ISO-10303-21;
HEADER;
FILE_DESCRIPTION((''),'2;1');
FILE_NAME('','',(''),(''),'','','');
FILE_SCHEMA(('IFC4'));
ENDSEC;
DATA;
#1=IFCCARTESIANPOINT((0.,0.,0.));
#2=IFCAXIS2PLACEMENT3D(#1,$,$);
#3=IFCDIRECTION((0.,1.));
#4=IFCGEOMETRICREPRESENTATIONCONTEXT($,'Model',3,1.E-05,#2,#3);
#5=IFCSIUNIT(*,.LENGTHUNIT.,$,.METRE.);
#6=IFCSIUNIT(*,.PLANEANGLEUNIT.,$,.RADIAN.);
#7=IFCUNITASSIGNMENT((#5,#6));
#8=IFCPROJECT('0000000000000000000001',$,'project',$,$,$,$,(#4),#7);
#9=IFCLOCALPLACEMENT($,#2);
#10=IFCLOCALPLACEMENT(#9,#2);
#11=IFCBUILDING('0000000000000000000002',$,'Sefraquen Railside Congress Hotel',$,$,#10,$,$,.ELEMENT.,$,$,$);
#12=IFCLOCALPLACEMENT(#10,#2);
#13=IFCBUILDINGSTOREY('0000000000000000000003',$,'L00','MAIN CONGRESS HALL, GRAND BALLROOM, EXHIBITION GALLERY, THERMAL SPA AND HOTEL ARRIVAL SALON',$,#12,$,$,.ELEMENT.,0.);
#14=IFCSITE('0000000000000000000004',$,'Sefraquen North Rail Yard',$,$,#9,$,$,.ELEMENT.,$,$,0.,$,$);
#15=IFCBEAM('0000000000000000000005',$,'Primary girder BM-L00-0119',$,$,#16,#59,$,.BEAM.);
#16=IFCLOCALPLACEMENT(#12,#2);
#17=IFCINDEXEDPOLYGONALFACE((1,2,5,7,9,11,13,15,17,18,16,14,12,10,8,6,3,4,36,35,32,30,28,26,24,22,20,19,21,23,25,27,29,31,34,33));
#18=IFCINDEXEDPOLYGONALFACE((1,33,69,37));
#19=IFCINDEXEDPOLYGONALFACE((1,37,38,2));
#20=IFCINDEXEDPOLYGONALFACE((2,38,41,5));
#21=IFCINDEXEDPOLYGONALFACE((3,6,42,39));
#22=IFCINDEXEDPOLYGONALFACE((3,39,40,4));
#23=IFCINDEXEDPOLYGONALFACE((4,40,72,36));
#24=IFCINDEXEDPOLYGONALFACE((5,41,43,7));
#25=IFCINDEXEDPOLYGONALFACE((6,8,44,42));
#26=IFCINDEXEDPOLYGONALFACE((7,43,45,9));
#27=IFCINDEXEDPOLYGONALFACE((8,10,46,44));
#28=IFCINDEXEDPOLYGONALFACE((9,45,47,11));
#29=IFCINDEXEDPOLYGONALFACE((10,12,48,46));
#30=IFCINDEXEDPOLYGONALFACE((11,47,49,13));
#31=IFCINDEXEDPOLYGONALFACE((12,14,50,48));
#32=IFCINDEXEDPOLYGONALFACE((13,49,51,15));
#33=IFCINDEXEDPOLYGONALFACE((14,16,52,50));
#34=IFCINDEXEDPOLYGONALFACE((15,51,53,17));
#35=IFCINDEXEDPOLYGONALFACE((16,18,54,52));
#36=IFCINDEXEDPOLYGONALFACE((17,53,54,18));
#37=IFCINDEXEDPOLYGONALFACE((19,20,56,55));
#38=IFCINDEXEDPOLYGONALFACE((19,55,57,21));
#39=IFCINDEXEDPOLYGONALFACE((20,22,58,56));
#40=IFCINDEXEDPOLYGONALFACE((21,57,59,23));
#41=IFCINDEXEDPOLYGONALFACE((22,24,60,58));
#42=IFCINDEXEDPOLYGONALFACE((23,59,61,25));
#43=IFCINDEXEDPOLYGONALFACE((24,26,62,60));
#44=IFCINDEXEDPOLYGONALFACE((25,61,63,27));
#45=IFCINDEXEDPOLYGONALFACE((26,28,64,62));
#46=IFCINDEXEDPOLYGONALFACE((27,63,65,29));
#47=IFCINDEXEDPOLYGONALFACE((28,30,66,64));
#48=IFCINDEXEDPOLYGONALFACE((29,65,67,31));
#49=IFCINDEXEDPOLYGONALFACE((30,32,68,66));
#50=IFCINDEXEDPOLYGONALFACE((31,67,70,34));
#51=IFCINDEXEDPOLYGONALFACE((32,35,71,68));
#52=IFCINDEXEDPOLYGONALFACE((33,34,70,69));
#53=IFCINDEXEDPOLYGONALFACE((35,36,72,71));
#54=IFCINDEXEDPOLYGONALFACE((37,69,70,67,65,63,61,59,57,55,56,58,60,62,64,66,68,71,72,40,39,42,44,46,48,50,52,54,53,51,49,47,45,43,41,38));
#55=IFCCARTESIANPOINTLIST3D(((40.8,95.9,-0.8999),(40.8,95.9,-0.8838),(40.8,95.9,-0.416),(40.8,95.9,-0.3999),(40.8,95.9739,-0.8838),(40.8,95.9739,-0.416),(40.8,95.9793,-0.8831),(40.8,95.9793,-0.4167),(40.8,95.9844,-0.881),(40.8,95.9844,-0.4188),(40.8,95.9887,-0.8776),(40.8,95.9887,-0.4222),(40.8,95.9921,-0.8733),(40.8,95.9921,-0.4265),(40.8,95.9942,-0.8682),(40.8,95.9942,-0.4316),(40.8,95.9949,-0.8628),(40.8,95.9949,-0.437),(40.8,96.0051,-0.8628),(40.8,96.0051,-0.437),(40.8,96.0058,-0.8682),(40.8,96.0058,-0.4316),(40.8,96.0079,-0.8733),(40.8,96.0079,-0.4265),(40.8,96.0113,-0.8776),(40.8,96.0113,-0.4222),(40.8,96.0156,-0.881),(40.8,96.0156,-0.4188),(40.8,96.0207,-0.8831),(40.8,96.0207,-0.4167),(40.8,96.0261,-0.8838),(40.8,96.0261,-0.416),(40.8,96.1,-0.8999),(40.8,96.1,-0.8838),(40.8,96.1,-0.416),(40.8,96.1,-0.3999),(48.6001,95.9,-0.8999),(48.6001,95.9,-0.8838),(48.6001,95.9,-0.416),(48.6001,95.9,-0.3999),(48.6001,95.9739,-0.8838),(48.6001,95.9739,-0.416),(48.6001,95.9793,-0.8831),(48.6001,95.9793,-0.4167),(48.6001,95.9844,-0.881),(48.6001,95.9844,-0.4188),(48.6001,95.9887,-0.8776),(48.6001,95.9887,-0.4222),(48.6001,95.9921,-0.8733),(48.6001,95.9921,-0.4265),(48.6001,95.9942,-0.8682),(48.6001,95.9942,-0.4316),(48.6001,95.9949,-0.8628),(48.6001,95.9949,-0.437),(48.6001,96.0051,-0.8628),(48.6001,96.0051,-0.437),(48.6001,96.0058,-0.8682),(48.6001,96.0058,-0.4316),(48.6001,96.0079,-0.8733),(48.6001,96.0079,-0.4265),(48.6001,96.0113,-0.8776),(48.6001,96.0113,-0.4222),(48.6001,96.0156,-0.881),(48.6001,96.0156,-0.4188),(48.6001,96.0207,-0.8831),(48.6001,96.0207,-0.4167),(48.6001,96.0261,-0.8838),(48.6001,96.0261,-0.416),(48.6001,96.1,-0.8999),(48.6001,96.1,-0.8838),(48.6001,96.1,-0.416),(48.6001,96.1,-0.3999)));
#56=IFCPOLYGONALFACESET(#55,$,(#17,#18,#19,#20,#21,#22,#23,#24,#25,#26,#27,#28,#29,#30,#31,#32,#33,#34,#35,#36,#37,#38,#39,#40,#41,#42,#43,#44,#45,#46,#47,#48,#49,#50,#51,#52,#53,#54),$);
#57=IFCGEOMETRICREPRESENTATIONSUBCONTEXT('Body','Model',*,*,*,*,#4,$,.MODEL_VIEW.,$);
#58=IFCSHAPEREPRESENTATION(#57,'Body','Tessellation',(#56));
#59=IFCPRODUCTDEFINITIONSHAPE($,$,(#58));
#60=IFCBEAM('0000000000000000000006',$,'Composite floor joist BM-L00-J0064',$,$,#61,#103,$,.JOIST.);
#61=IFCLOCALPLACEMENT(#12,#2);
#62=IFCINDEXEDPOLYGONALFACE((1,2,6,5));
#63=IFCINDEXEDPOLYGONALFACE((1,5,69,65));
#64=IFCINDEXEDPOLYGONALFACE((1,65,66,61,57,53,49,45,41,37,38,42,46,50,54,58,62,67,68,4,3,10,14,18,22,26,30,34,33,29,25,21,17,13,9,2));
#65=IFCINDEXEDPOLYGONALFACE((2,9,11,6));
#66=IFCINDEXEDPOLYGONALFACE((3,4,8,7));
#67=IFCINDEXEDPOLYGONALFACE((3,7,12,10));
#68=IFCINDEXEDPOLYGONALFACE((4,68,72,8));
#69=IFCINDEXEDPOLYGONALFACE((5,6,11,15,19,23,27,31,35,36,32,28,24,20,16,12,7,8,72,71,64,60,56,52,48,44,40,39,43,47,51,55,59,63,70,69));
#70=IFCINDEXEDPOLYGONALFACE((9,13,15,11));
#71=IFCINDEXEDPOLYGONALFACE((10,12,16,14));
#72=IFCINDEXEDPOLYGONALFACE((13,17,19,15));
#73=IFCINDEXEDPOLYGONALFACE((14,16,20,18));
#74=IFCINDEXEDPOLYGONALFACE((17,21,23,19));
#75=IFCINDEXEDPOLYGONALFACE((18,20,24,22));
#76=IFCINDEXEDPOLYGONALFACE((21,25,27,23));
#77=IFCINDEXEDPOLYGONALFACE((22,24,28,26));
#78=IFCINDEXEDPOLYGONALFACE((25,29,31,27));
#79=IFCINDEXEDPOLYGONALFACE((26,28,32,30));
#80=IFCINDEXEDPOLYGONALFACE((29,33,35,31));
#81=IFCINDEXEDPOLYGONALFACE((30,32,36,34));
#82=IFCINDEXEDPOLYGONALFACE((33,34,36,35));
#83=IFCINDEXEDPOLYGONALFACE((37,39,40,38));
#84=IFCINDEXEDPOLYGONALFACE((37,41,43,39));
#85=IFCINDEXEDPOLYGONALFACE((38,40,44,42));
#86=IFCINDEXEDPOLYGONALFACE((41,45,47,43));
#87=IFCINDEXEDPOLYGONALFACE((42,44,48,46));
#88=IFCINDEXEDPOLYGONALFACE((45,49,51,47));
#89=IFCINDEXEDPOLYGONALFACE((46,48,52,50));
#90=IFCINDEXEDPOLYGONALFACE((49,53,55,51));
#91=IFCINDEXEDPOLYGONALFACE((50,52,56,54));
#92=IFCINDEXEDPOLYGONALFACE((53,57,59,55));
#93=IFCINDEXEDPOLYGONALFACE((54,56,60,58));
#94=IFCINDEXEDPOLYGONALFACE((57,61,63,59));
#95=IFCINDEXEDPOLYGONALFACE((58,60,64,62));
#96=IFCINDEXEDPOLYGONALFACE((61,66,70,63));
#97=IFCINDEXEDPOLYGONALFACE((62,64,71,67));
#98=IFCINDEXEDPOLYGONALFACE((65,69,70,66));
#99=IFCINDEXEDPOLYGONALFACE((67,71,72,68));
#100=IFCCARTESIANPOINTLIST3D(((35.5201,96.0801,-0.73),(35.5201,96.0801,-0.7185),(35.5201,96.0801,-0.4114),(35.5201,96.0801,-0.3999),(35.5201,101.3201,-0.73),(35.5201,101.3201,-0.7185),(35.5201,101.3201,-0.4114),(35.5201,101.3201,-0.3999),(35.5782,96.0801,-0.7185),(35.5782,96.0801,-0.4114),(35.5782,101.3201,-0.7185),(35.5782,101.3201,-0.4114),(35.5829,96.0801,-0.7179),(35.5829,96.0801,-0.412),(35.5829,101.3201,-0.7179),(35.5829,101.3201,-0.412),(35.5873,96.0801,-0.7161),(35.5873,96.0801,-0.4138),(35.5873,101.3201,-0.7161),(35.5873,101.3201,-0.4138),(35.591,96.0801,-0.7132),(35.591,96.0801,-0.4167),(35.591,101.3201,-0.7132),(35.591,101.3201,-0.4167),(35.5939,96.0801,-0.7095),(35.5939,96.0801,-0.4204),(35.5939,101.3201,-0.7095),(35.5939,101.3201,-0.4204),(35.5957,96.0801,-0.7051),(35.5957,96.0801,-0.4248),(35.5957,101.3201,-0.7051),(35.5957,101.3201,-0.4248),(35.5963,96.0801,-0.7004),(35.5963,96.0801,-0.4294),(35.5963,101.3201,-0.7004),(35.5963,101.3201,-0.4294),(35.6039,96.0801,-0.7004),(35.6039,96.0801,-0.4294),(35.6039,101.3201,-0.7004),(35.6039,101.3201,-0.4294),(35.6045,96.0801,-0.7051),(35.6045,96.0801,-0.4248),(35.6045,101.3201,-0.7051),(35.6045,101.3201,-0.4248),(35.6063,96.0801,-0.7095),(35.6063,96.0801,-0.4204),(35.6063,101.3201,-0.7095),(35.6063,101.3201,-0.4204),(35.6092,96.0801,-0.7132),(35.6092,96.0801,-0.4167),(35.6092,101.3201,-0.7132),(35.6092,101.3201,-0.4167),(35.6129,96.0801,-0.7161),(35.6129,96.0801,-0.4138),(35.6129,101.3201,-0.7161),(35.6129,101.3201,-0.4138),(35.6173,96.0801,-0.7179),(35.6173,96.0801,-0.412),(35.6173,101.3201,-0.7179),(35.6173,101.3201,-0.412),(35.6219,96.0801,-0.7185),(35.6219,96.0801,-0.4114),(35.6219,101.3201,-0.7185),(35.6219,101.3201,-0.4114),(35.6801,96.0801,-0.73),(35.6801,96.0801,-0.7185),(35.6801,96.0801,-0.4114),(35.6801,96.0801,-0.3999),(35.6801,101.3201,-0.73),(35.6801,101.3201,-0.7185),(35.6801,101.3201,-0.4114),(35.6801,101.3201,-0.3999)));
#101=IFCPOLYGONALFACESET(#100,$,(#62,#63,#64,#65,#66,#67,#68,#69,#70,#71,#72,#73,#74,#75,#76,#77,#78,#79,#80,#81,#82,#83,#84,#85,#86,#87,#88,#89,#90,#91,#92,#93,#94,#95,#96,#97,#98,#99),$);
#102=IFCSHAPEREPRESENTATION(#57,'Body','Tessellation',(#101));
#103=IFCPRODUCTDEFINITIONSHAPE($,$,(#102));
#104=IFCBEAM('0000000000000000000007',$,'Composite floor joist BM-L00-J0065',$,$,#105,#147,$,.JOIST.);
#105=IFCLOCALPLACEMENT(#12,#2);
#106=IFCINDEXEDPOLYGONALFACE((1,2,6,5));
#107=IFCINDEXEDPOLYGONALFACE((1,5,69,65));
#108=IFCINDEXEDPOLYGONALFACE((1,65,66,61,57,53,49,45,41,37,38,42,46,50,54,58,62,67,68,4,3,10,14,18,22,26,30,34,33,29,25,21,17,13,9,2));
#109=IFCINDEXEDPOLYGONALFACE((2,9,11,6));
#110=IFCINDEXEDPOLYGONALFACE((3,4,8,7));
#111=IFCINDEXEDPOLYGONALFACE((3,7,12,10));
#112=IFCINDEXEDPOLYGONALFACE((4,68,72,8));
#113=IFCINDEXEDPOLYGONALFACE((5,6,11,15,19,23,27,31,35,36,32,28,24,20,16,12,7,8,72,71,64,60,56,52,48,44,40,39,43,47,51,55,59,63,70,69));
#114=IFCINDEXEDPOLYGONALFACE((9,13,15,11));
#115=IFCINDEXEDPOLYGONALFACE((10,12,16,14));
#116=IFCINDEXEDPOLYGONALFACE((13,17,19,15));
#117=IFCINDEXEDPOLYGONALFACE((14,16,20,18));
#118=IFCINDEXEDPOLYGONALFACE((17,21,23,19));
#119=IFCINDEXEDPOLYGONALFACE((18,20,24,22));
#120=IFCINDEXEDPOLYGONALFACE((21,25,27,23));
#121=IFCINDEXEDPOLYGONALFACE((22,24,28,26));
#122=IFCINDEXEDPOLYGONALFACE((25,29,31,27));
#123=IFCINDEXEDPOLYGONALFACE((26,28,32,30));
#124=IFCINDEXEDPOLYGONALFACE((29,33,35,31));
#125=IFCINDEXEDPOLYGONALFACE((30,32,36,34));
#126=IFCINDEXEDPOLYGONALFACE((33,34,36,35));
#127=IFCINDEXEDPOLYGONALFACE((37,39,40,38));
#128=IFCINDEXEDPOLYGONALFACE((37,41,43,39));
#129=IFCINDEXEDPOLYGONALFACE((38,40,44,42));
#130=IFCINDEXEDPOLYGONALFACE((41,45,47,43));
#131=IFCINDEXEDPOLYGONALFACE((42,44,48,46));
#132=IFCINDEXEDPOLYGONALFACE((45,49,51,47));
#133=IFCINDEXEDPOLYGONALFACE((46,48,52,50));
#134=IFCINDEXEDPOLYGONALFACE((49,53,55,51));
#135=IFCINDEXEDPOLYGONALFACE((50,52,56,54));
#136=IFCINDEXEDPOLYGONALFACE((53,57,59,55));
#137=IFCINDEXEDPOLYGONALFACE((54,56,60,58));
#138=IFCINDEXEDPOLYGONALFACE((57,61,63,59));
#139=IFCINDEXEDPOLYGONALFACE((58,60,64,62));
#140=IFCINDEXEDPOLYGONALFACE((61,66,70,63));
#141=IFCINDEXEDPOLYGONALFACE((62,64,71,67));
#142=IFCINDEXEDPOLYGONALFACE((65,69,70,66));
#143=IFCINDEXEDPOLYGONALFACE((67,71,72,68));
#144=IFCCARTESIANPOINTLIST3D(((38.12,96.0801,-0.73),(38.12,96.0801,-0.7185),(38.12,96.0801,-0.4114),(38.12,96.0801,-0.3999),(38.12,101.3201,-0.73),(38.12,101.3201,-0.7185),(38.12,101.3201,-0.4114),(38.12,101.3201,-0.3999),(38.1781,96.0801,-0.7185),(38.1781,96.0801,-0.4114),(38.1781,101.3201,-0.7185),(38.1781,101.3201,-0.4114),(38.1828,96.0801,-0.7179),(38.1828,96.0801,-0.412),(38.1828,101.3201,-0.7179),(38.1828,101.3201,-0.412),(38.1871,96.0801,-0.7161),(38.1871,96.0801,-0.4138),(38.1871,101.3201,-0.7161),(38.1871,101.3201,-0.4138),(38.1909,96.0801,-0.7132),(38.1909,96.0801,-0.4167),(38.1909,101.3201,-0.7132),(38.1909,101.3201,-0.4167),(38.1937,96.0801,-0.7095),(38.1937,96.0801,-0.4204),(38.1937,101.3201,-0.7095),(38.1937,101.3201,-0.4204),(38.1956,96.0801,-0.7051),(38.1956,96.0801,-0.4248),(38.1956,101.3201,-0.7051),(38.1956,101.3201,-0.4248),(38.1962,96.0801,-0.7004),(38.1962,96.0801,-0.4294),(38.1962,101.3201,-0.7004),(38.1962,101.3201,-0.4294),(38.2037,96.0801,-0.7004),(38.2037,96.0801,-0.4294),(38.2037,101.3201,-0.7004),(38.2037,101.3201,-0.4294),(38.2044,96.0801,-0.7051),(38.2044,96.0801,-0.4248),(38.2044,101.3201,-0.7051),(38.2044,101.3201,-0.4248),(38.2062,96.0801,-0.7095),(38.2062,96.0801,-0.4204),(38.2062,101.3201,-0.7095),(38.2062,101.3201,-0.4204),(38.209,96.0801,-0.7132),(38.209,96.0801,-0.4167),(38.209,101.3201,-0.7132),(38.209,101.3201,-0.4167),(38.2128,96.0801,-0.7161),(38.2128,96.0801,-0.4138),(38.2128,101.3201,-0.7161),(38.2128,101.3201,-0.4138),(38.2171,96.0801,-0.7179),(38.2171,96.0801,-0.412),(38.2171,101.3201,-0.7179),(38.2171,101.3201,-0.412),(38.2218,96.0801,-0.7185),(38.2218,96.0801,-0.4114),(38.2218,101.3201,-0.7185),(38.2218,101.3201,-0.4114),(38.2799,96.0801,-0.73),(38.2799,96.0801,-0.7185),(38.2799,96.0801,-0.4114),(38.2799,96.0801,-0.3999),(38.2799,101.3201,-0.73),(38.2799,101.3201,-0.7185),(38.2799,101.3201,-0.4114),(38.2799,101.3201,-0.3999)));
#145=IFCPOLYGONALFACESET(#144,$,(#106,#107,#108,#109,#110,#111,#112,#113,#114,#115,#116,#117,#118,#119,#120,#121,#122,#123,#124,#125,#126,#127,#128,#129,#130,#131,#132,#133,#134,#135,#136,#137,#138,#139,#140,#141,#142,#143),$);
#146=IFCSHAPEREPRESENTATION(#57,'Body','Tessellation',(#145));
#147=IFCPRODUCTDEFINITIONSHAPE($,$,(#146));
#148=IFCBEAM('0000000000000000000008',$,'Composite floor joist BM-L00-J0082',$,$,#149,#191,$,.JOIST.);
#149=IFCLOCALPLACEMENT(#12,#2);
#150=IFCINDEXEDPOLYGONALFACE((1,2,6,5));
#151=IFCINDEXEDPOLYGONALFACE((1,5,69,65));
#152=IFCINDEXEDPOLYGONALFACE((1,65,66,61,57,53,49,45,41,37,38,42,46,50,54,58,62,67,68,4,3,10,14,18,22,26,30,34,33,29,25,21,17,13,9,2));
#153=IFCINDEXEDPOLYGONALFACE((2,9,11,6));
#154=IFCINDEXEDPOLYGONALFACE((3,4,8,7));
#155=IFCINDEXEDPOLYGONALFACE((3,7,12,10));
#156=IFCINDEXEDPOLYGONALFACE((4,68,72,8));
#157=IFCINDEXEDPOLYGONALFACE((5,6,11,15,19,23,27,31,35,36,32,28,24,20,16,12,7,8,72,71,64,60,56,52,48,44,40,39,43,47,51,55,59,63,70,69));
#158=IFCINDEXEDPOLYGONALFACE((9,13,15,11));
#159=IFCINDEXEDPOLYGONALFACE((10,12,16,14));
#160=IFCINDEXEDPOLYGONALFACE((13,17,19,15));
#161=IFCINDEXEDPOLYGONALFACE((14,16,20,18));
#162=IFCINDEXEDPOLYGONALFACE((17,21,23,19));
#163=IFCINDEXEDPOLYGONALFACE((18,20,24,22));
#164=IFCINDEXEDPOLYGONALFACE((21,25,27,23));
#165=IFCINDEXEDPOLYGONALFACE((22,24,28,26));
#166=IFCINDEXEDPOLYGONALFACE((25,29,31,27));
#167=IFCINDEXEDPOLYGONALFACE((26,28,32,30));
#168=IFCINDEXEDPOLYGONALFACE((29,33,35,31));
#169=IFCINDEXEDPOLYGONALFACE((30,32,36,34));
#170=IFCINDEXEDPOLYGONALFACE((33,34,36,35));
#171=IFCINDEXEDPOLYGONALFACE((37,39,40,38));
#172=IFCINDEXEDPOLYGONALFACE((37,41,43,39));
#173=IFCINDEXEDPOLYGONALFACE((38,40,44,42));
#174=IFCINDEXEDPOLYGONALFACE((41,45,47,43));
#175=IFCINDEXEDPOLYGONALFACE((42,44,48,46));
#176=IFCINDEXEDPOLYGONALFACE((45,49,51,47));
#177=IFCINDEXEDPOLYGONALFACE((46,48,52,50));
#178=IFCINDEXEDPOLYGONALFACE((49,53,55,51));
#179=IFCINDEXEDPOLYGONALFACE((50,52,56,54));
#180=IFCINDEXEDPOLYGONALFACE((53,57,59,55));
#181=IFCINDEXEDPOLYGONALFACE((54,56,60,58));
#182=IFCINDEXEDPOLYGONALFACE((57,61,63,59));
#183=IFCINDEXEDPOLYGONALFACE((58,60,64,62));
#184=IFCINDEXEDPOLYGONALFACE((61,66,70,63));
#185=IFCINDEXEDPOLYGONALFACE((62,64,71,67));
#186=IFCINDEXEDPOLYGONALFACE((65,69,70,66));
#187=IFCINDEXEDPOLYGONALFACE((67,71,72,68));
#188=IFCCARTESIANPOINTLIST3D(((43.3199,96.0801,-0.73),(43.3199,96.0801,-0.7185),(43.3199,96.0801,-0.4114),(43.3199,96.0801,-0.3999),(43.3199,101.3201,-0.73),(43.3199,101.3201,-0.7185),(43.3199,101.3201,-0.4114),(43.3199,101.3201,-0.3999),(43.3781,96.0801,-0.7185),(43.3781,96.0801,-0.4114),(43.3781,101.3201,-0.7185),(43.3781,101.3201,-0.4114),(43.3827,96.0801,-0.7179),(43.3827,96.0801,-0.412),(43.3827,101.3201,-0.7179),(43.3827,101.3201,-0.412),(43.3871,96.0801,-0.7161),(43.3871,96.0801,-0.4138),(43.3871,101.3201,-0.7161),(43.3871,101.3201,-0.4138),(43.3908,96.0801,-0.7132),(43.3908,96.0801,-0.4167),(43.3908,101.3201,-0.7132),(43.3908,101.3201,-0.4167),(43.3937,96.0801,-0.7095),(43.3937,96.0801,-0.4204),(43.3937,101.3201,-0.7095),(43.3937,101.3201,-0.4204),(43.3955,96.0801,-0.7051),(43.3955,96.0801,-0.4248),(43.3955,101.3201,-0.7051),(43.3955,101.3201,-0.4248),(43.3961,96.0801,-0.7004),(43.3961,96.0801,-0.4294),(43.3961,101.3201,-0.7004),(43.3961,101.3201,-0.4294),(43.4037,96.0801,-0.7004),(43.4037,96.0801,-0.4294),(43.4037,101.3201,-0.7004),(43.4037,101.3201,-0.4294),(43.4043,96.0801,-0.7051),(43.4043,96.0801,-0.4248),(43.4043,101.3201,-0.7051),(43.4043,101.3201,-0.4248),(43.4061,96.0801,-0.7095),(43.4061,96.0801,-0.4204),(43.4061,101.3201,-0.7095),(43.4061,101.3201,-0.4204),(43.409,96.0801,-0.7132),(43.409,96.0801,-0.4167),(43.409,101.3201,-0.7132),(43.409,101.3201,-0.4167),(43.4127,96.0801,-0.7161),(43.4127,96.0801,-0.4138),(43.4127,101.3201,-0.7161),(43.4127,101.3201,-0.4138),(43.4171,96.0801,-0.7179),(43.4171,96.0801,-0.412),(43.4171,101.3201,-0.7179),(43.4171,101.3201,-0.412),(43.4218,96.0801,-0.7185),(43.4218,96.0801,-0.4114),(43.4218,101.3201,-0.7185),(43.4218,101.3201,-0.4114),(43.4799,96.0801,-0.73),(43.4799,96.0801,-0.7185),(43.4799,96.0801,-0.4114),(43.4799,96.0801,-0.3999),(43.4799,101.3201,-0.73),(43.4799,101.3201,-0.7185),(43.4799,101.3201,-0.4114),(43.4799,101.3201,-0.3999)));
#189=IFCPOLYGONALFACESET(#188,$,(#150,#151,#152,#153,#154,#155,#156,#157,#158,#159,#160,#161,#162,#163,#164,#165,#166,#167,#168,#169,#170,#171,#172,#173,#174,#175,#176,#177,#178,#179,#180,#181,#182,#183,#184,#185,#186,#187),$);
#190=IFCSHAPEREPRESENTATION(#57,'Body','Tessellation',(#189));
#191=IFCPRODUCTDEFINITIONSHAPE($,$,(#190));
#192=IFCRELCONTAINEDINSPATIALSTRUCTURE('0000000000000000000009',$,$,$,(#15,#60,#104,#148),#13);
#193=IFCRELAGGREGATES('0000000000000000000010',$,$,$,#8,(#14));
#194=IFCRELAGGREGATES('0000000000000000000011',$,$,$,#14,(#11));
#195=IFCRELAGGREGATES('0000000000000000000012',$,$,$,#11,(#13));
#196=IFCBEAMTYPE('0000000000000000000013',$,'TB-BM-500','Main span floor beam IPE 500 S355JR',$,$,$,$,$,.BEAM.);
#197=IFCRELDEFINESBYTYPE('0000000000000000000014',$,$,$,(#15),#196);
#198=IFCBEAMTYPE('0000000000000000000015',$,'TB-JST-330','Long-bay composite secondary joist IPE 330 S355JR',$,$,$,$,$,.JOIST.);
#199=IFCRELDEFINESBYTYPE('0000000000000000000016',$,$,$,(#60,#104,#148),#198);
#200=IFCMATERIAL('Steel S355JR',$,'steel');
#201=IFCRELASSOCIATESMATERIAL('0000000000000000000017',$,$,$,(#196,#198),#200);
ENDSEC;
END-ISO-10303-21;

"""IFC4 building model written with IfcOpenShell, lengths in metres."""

from ifc_helpers import new_model, si_unit, direction, frame, origin, origin_2d, place, context, subcontext, project, spatial, i_section, extrude, material, material_profile, profile_set, type_object, element, save


model = new_model("IFC4")

# Units and contexts
model_context = context("Model", 3, precision=1e-05, world=origin(), true_north=direction((0.0, 1.0)))
body_context = subcontext(model_context, "Body", "Model", "MODEL_VIEW")
ifc_project = project(units=[si_unit("LENGTHUNIT", "METRE"), si_unit("PLANEANGLEUNIT", "RADIAN")], contexts=[model_context])

# Site, building, storey
site_placement = place(None, origin())
site = spatial("IfcSite", under=ifc_project, at=site_placement, Name="Sefraquen North Rail Yard", CompositionType="ELEMENT", RefElevation=0.0)
building_placement = place(site_placement, origin())
building = spatial("IfcBuilding", under=site, at=building_placement, Name="Sefraquen Railside Congress Hotel", CompositionType="ELEMENT")
storey_placement = place(building_placement, origin())
storey = spatial("IfcBuildingStorey", under=building, at=storey_placement, Name="L00", Description="MAIN CONGRESS HALL, GRAND BALLROOM, EXHIBITION GALLERY, THERMAL SPA AND HOTEL ARRIVAL SALON", CompositionType="ELEMENT", Elevation=0.0)

# Shared definitions
ifc_material_1 = material(Name="Steel S355JR", Category="steel")

# Beams
ifc_material_profile_1 = material_profile(ifc_material_1, i_section(OverallWidth=0.2, OverallDepth=0.5, WebThickness=0.0103, FlangeThickness=0.0161, FilletRadius=0.021, at=origin_2d()), Name="IPE 500")
ifc_profile_set_1 = profile_set([ifc_material_profile_1], Name="Steel S355JR")
beam_type_1 = type_object("IfcBeamType", Name="TB-BM-500", Description="Main span floor beam IPE 500 S355JR", PredefinedType="BEAM", material=ifc_profile_set_1)
beam_1_placement = place(storey_placement, frame((40.8, 96.0, -0.6499), z_axis=(1.0, 0.0, 0.0), x_axis=(0.0, 1.0, 0.0)))
element("IfcBeam", 1, at=beam_1_placement, inside=storey, type_object=beam_type_1, Name="Primary girder BM-L00-0119", PredefinedType="BEAM", context=body_context, shape_type="SweptSolid", body=[
    extrude(i_section(OverallWidth=0.2, OverallDepth=0.5, WebThickness=0.0103, FlangeThickness=0.0161, FilletRadius=0.021, at=origin_2d()), origin(), (0.0, 0.0, 1.0), 7.8),
])
ifc_material_profile_2 = material_profile(ifc_material_1, i_section(OverallWidth=0.1599, OverallDepth=0.3301, WebThickness=0.0076, FlangeThickness=0.0115, FilletRadius=0.0181, at=origin_2d()), Name="IPE 330")
ifc_profile_set_2 = profile_set([ifc_material_profile_2], Name="Steel S355JR")
beam_type_2 = type_object("IfcBeamType", Name="TB-JST-330", Description="Long-bay composite secondary joist IPE 330 S355JR", PredefinedType="JOIST", material=ifc_profile_set_2)
for number, where, z_axis, x_axis, name in (
    (2, (35.6001, 96.0801, -0.5649), (0.0, 1.0, 0.0), (-1.0, 0.0, 0.0), "Composite floor joist BM-L00-J0064"),
    (3, (38.2, 96.0801, -0.5649), (0.0, 1.0, 0.0), (-1.0, 0.0, 0.0), "Composite floor joist BM-L00-J0065"),
    (4, (43.3999, 96.0801, -0.5649), (0.0, 1.0, 0.0), (-1.0, 0.0, 0.0), "Composite floor joist BM-L00-J0082"),
):
    element("IfcBeam", number, at=place(storey_placement, frame(where, z_axis=z_axis, x_axis=x_axis)), inside=storey, type_object=beam_type_2, Name=name, PredefinedType="JOIST", context=body_context, shape_type="SweptSolid", body=[
        extrude(i_section(OverallWidth=0.1599, OverallDepth=0.3301, WebThickness=0.0076, FlangeThickness=0.0115, FilletRadius=0.0181, at=origin_2d()), origin(), (0.0, 0.0, 1.0), 5.24),
    ])

save(model, "model.ifc")
